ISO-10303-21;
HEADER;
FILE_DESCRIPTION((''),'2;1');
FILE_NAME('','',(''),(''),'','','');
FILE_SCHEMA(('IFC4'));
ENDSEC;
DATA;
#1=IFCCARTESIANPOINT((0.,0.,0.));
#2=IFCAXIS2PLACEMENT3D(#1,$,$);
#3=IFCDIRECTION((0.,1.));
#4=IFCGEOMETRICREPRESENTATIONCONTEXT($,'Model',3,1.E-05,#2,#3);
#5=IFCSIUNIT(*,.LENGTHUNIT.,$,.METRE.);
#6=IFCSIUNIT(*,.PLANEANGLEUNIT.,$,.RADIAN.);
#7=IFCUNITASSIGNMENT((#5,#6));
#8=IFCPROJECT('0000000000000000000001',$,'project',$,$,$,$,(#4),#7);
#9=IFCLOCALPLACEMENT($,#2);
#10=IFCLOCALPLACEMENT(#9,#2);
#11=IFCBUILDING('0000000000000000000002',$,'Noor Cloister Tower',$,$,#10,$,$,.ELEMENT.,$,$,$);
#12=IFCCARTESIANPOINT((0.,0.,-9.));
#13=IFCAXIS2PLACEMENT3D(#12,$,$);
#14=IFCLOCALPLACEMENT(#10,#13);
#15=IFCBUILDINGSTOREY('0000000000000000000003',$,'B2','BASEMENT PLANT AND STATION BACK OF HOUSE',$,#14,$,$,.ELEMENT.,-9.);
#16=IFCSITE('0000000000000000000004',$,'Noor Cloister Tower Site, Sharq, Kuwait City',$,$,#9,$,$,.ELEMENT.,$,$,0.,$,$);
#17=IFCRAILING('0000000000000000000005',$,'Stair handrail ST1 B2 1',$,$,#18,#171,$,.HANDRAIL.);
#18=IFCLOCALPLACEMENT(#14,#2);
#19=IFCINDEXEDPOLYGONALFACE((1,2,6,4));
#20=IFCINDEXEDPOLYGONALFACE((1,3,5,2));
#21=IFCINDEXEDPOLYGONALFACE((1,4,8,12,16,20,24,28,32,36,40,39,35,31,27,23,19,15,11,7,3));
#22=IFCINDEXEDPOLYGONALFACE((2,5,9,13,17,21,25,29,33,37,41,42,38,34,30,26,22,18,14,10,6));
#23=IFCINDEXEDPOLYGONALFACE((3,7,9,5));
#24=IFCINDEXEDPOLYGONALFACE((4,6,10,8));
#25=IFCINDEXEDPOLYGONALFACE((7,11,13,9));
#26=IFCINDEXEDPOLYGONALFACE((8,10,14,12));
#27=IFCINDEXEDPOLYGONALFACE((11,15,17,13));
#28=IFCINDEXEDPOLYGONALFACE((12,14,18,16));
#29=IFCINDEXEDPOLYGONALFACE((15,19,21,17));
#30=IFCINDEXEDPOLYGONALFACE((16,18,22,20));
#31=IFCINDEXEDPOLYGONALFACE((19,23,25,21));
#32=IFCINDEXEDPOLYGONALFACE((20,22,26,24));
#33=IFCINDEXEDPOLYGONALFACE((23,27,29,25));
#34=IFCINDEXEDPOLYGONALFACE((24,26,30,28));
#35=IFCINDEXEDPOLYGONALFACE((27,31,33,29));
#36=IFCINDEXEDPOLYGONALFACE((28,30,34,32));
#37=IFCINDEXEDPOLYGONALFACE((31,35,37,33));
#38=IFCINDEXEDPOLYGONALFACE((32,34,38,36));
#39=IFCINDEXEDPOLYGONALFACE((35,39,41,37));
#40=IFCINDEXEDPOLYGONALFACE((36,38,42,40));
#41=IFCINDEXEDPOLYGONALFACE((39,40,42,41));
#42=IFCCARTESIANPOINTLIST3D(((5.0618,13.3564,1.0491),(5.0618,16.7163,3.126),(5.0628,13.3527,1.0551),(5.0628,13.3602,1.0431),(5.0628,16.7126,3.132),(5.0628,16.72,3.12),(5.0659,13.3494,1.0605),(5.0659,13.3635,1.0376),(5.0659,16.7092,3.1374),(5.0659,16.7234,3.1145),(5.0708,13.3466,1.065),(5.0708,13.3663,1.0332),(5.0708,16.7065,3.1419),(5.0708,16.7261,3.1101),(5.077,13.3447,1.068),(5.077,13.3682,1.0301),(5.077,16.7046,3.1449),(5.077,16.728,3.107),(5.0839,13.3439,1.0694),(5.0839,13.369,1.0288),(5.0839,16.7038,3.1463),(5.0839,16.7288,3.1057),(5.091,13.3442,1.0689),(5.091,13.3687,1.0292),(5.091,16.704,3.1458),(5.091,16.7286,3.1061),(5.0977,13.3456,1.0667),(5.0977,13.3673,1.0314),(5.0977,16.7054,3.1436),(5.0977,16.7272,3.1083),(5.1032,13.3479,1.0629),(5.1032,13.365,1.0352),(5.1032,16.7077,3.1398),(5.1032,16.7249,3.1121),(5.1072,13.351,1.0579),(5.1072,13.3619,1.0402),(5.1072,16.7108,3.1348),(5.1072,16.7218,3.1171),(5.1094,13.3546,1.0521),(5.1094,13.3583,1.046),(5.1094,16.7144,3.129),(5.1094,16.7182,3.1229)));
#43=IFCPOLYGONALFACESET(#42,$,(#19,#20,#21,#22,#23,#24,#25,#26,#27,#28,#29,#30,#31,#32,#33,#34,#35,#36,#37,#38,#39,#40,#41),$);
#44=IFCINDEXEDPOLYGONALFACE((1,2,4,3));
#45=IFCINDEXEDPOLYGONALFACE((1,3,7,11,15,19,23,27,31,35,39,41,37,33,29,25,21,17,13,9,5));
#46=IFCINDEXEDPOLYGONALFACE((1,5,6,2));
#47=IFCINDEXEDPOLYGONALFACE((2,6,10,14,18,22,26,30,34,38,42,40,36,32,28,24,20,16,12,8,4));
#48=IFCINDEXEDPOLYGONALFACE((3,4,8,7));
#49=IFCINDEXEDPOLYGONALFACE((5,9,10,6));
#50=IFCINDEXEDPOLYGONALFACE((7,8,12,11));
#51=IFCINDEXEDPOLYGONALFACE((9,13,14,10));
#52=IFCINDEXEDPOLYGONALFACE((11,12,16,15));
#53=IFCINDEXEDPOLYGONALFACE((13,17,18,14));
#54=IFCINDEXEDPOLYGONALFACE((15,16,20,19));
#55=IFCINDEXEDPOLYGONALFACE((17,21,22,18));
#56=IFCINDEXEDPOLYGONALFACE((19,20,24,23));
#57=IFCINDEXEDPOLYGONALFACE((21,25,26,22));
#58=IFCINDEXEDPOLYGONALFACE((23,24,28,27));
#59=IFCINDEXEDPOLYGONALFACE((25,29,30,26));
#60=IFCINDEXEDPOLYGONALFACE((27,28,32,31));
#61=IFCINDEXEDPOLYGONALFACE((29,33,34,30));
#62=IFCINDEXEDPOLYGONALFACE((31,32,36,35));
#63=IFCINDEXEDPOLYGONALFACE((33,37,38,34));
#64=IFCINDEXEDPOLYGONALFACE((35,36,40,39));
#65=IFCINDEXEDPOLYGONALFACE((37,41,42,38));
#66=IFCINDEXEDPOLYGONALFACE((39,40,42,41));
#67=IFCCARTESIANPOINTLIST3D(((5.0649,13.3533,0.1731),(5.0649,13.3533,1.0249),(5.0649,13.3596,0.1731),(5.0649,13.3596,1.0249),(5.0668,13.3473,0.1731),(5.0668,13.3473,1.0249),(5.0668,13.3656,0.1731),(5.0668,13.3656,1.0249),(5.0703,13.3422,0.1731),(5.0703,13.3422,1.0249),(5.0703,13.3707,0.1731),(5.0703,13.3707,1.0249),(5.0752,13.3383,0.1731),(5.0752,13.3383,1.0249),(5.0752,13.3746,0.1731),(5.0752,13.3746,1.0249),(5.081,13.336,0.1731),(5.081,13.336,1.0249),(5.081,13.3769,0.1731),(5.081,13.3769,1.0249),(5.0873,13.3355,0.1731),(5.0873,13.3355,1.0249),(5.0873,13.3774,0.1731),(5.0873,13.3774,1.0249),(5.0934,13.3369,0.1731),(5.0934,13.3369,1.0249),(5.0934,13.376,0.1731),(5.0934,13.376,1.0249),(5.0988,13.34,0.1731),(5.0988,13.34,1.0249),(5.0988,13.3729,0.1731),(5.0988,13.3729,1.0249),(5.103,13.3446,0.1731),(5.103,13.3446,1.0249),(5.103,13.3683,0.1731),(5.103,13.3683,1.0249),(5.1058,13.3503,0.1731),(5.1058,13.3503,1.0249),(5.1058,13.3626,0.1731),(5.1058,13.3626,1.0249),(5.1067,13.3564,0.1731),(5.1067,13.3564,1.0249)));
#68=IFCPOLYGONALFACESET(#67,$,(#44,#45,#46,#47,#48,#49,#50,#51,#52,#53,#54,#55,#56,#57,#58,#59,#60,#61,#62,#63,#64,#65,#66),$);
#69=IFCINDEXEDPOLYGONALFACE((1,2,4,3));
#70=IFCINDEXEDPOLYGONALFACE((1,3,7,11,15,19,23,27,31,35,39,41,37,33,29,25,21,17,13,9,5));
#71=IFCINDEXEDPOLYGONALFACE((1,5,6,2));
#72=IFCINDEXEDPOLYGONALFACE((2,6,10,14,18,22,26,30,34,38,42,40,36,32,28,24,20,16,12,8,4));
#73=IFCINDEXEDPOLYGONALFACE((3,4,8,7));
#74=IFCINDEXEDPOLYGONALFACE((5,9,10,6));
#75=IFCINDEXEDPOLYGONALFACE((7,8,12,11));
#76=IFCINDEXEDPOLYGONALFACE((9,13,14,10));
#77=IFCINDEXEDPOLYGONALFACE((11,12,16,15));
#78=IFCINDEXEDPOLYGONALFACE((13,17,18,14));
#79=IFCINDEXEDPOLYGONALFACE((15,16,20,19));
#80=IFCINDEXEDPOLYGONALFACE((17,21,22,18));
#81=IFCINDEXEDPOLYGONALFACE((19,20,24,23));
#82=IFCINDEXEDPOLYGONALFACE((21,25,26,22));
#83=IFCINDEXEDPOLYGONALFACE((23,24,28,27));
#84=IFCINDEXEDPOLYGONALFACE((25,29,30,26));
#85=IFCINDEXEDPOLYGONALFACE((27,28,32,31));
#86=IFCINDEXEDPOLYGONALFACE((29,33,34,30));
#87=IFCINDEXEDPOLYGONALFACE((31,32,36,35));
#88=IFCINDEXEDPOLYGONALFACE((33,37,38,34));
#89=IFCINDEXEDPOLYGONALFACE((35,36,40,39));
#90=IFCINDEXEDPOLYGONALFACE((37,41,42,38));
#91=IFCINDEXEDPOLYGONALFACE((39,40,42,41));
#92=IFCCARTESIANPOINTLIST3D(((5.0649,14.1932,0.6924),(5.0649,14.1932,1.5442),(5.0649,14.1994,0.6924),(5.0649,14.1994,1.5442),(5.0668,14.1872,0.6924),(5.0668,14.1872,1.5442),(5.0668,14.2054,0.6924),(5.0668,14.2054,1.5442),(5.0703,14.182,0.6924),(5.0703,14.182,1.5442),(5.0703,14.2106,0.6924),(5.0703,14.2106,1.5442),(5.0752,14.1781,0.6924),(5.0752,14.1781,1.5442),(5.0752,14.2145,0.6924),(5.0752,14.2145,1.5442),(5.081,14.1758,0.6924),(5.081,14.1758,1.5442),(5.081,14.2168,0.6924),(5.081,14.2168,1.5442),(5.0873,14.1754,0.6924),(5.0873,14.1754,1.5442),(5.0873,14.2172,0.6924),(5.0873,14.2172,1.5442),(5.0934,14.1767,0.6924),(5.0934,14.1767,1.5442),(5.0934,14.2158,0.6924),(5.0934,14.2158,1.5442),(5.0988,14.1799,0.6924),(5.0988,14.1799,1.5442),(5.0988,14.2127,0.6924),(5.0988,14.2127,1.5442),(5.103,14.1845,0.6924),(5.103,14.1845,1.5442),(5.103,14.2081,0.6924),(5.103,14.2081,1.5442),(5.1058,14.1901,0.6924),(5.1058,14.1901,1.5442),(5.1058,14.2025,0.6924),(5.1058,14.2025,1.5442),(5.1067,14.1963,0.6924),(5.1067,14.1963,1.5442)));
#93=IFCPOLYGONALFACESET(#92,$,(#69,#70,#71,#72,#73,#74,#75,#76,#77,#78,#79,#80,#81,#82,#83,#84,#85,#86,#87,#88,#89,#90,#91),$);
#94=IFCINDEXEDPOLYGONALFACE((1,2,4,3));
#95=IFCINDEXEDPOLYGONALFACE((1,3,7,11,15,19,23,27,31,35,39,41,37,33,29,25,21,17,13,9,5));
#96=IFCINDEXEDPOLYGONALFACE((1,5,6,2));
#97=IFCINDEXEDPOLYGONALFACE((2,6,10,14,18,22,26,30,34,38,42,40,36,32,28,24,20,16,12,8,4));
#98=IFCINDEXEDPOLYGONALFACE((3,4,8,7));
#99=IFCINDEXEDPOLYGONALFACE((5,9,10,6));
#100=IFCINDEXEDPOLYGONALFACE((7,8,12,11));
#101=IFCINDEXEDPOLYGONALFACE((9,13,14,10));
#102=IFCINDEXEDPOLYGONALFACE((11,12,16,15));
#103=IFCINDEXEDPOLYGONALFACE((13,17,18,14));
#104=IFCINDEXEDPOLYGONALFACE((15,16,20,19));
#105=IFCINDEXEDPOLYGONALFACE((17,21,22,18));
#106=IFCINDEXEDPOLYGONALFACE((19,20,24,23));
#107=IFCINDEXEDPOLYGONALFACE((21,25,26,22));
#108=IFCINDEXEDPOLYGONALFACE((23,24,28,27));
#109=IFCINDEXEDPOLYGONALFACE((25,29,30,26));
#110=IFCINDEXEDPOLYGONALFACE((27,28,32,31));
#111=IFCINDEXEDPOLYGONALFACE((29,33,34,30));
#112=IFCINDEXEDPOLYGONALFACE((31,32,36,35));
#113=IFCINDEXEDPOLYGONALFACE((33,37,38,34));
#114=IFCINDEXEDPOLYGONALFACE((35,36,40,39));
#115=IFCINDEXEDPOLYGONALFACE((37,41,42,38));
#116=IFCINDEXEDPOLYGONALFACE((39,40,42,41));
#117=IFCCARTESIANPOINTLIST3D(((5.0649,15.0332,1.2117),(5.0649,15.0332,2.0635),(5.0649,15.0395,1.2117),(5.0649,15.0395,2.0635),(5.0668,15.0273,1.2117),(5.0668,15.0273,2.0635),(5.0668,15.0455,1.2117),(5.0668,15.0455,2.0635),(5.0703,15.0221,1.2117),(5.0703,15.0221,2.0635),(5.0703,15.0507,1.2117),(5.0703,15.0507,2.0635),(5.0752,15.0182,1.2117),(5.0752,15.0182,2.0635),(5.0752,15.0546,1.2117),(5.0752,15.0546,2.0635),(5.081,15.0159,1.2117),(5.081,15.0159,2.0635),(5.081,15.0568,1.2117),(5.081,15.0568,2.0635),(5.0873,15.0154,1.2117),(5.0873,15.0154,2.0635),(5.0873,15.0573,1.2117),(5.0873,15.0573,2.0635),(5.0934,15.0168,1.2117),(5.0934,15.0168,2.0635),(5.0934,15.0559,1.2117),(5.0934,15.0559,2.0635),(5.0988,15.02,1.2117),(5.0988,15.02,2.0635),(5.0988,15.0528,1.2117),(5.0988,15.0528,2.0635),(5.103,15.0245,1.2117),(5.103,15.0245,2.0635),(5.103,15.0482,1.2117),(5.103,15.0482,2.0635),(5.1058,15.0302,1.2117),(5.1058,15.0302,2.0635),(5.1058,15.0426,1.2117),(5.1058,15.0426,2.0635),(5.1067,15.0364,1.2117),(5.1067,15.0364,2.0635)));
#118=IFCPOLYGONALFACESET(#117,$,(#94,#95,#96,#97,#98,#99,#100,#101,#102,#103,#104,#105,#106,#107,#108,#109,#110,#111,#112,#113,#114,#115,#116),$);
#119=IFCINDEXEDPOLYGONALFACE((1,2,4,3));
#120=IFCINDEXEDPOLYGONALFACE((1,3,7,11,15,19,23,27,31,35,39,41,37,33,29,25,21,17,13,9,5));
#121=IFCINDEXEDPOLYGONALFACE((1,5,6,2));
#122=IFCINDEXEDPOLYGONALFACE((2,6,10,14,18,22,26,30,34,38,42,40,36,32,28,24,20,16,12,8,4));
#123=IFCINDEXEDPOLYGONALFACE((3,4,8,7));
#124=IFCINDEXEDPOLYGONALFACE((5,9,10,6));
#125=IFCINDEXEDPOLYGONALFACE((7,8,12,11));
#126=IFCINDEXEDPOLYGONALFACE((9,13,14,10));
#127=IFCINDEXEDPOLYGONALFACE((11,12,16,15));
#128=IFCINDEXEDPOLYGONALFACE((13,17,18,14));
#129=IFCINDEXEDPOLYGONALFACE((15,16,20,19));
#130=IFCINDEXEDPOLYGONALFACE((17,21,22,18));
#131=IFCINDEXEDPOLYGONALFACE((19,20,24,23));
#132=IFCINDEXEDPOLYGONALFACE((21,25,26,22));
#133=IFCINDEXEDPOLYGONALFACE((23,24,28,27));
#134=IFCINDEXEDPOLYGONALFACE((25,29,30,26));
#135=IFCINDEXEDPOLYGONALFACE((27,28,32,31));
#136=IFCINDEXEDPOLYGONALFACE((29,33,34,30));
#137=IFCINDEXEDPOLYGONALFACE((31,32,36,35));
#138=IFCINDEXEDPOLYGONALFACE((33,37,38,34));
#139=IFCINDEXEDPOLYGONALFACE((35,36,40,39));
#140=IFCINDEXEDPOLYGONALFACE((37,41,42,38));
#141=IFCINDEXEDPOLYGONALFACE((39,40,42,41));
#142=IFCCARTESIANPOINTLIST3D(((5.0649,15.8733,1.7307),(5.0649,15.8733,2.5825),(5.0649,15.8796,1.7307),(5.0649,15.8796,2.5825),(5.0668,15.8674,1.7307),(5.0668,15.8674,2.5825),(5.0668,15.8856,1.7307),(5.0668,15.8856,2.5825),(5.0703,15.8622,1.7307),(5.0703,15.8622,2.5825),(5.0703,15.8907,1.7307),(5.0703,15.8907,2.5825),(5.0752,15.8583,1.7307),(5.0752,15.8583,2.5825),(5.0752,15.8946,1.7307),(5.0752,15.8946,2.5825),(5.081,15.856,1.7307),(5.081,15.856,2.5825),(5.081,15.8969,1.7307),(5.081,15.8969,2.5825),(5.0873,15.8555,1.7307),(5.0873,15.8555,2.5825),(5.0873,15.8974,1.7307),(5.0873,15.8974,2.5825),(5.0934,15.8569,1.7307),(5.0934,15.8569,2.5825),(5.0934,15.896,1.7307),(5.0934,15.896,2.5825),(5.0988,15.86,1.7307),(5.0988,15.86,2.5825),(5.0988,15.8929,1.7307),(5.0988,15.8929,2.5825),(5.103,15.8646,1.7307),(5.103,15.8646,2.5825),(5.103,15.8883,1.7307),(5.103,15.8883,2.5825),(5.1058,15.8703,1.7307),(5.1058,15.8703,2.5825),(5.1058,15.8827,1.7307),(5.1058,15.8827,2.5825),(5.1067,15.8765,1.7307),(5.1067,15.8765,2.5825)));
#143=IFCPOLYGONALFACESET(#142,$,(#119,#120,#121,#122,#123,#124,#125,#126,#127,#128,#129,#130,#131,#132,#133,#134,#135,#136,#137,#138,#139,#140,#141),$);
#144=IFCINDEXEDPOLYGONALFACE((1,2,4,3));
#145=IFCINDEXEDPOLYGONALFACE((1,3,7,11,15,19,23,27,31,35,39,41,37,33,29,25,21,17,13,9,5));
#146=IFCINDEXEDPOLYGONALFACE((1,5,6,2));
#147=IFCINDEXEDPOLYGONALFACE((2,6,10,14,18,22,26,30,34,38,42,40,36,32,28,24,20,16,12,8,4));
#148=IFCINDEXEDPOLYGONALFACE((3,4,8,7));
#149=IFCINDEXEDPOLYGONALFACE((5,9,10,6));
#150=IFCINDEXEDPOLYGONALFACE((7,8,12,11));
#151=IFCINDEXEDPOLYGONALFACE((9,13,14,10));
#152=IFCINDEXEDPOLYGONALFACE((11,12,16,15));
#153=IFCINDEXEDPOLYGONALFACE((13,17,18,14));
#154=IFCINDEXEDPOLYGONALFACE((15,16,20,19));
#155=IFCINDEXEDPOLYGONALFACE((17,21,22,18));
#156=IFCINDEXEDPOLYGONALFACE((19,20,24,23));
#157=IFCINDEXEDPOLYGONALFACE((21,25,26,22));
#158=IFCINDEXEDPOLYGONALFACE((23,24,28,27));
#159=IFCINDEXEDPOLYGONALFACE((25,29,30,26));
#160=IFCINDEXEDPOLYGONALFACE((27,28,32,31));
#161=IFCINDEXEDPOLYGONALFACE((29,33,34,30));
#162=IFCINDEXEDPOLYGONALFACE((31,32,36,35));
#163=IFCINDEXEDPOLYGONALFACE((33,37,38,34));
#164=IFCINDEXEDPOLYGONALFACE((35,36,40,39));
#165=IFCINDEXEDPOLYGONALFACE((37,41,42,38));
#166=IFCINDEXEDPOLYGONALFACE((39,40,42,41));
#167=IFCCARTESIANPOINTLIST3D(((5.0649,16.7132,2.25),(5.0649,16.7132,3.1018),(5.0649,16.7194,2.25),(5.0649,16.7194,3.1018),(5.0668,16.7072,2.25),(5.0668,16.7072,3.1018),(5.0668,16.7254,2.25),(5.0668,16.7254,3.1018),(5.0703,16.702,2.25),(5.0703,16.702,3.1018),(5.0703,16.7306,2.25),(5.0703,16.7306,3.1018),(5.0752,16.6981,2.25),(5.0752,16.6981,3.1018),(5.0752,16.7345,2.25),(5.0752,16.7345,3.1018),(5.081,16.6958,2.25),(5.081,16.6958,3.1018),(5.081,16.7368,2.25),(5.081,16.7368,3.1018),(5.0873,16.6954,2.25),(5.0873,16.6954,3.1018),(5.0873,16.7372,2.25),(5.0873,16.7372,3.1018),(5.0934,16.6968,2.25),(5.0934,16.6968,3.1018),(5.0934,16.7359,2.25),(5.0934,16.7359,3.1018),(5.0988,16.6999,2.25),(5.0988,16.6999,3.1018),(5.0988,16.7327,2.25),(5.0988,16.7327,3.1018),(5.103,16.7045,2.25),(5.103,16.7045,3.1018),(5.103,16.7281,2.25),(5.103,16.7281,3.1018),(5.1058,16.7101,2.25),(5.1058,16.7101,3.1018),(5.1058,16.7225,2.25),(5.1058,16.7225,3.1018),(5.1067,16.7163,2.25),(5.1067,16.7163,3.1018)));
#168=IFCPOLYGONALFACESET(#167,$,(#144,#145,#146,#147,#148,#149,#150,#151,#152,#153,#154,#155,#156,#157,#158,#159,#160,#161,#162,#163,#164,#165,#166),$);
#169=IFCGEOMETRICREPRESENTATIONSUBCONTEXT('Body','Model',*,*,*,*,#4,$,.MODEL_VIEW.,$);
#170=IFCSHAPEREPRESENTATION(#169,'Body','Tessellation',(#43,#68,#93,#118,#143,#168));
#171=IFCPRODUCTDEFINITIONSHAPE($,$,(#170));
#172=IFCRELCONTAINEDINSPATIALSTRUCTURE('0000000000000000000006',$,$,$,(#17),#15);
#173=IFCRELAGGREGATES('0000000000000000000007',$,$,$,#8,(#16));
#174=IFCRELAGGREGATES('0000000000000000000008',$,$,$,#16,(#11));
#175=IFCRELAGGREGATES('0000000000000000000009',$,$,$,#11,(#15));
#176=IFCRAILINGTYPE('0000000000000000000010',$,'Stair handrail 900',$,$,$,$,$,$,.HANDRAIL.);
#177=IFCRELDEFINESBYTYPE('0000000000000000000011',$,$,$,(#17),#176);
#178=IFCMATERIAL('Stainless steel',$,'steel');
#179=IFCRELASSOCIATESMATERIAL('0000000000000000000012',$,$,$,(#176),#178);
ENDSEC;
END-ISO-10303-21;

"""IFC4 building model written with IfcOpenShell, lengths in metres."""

from ifc_helpers import new_model, si_unit, direction, frame, origin, origin_2d, place, context, subcontext, project, spatial, circle, extrude, material, type_object, element, save


model = new_model("IFC4")

# Units and contexts
model_context = context("Model", 3, precision=1e-05, world=origin(), true_north=direction((0.0, 1.0)))
body_context = subcontext(model_context, "Body", "Model", "MODEL_VIEW")
ifc_project = project(units=[si_unit("LENGTHUNIT", "METRE"), si_unit("PLANEANGLEUNIT", "RADIAN")], contexts=[model_context])

# Site, building, storey
site_placement = place(None, origin())
site = spatial("IfcSite", under=ifc_project, at=site_placement, Name="Noor Cloister Tower Site, Sharq, Kuwait City", CompositionType="ELEMENT", RefElevation=0.0)
building_placement = place(site_placement, origin())
building = spatial("IfcBuilding", under=site, at=building_placement, Name="Noor Cloister Tower", CompositionType="ELEMENT")
storey_placement = place(building_placement, frame((0.0, 0.0, -9.0)))
storey = spatial("IfcBuildingStorey", under=building, at=storey_placement, Name="B2", Description="BASEMENT PLANT AND STATION BACK OF HOUSE", CompositionType="ELEMENT", Elevation=-9.0)

# Railing
ifc_material_1 = material(Name="Stainless steel", Category="steel")
railing_type_1 = type_object("IfcRailingType", Name="Stair handrail 900", PredefinedType="HANDRAIL", material=ifc_material_1)
railing_1_placement = place(storey_placement, frame((5.0857, 13.3564, 0.1731)))
element("IfcRailing", 1, at=railing_1_placement, inside=storey, type_object=railing_type_1, Name="Stair handrail ST1 B2 1", PredefinedType="HANDRAIL", context=body_context, shape_type="SweptSolid", body=[
    extrude(circle(Radius=0.0239, at=origin_2d()), frame((0.0, 0.0, 0.876), z_axis=(0.0, 0.850606, 0.525803), x_axis=(-1.0, 0.0, 0.0)), (0.0, 0.0, 1.0), 3.95),
    extrude(circle(Radius=0.021, at=origin_2d()), origin(), (0.0, 0.0, 1.0), 0.8518),
    extrude(circle(Radius=0.021, at=origin_2d()), frame((0.0, 0.8398, 0.5193)), (0.0, 0.0, 1.0), 0.8518),
    extrude(circle(Radius=0.021, at=origin_2d()), frame((0.0, 1.6799, 1.0386)), (0.0, 0.0, 1.0), 0.8518),
    extrude(circle(Radius=0.021, at=origin_2d()), frame((0.0, 2.52, 1.5576)), (0.0, 0.0, 1.0), 0.8518),
    extrude(circle(Radius=0.021, at=origin_2d()), frame((0.0, 3.3599, 2.0769)), (0.0, 0.0, 1.0), 0.8518),
])

save(model, "model.ifc")
